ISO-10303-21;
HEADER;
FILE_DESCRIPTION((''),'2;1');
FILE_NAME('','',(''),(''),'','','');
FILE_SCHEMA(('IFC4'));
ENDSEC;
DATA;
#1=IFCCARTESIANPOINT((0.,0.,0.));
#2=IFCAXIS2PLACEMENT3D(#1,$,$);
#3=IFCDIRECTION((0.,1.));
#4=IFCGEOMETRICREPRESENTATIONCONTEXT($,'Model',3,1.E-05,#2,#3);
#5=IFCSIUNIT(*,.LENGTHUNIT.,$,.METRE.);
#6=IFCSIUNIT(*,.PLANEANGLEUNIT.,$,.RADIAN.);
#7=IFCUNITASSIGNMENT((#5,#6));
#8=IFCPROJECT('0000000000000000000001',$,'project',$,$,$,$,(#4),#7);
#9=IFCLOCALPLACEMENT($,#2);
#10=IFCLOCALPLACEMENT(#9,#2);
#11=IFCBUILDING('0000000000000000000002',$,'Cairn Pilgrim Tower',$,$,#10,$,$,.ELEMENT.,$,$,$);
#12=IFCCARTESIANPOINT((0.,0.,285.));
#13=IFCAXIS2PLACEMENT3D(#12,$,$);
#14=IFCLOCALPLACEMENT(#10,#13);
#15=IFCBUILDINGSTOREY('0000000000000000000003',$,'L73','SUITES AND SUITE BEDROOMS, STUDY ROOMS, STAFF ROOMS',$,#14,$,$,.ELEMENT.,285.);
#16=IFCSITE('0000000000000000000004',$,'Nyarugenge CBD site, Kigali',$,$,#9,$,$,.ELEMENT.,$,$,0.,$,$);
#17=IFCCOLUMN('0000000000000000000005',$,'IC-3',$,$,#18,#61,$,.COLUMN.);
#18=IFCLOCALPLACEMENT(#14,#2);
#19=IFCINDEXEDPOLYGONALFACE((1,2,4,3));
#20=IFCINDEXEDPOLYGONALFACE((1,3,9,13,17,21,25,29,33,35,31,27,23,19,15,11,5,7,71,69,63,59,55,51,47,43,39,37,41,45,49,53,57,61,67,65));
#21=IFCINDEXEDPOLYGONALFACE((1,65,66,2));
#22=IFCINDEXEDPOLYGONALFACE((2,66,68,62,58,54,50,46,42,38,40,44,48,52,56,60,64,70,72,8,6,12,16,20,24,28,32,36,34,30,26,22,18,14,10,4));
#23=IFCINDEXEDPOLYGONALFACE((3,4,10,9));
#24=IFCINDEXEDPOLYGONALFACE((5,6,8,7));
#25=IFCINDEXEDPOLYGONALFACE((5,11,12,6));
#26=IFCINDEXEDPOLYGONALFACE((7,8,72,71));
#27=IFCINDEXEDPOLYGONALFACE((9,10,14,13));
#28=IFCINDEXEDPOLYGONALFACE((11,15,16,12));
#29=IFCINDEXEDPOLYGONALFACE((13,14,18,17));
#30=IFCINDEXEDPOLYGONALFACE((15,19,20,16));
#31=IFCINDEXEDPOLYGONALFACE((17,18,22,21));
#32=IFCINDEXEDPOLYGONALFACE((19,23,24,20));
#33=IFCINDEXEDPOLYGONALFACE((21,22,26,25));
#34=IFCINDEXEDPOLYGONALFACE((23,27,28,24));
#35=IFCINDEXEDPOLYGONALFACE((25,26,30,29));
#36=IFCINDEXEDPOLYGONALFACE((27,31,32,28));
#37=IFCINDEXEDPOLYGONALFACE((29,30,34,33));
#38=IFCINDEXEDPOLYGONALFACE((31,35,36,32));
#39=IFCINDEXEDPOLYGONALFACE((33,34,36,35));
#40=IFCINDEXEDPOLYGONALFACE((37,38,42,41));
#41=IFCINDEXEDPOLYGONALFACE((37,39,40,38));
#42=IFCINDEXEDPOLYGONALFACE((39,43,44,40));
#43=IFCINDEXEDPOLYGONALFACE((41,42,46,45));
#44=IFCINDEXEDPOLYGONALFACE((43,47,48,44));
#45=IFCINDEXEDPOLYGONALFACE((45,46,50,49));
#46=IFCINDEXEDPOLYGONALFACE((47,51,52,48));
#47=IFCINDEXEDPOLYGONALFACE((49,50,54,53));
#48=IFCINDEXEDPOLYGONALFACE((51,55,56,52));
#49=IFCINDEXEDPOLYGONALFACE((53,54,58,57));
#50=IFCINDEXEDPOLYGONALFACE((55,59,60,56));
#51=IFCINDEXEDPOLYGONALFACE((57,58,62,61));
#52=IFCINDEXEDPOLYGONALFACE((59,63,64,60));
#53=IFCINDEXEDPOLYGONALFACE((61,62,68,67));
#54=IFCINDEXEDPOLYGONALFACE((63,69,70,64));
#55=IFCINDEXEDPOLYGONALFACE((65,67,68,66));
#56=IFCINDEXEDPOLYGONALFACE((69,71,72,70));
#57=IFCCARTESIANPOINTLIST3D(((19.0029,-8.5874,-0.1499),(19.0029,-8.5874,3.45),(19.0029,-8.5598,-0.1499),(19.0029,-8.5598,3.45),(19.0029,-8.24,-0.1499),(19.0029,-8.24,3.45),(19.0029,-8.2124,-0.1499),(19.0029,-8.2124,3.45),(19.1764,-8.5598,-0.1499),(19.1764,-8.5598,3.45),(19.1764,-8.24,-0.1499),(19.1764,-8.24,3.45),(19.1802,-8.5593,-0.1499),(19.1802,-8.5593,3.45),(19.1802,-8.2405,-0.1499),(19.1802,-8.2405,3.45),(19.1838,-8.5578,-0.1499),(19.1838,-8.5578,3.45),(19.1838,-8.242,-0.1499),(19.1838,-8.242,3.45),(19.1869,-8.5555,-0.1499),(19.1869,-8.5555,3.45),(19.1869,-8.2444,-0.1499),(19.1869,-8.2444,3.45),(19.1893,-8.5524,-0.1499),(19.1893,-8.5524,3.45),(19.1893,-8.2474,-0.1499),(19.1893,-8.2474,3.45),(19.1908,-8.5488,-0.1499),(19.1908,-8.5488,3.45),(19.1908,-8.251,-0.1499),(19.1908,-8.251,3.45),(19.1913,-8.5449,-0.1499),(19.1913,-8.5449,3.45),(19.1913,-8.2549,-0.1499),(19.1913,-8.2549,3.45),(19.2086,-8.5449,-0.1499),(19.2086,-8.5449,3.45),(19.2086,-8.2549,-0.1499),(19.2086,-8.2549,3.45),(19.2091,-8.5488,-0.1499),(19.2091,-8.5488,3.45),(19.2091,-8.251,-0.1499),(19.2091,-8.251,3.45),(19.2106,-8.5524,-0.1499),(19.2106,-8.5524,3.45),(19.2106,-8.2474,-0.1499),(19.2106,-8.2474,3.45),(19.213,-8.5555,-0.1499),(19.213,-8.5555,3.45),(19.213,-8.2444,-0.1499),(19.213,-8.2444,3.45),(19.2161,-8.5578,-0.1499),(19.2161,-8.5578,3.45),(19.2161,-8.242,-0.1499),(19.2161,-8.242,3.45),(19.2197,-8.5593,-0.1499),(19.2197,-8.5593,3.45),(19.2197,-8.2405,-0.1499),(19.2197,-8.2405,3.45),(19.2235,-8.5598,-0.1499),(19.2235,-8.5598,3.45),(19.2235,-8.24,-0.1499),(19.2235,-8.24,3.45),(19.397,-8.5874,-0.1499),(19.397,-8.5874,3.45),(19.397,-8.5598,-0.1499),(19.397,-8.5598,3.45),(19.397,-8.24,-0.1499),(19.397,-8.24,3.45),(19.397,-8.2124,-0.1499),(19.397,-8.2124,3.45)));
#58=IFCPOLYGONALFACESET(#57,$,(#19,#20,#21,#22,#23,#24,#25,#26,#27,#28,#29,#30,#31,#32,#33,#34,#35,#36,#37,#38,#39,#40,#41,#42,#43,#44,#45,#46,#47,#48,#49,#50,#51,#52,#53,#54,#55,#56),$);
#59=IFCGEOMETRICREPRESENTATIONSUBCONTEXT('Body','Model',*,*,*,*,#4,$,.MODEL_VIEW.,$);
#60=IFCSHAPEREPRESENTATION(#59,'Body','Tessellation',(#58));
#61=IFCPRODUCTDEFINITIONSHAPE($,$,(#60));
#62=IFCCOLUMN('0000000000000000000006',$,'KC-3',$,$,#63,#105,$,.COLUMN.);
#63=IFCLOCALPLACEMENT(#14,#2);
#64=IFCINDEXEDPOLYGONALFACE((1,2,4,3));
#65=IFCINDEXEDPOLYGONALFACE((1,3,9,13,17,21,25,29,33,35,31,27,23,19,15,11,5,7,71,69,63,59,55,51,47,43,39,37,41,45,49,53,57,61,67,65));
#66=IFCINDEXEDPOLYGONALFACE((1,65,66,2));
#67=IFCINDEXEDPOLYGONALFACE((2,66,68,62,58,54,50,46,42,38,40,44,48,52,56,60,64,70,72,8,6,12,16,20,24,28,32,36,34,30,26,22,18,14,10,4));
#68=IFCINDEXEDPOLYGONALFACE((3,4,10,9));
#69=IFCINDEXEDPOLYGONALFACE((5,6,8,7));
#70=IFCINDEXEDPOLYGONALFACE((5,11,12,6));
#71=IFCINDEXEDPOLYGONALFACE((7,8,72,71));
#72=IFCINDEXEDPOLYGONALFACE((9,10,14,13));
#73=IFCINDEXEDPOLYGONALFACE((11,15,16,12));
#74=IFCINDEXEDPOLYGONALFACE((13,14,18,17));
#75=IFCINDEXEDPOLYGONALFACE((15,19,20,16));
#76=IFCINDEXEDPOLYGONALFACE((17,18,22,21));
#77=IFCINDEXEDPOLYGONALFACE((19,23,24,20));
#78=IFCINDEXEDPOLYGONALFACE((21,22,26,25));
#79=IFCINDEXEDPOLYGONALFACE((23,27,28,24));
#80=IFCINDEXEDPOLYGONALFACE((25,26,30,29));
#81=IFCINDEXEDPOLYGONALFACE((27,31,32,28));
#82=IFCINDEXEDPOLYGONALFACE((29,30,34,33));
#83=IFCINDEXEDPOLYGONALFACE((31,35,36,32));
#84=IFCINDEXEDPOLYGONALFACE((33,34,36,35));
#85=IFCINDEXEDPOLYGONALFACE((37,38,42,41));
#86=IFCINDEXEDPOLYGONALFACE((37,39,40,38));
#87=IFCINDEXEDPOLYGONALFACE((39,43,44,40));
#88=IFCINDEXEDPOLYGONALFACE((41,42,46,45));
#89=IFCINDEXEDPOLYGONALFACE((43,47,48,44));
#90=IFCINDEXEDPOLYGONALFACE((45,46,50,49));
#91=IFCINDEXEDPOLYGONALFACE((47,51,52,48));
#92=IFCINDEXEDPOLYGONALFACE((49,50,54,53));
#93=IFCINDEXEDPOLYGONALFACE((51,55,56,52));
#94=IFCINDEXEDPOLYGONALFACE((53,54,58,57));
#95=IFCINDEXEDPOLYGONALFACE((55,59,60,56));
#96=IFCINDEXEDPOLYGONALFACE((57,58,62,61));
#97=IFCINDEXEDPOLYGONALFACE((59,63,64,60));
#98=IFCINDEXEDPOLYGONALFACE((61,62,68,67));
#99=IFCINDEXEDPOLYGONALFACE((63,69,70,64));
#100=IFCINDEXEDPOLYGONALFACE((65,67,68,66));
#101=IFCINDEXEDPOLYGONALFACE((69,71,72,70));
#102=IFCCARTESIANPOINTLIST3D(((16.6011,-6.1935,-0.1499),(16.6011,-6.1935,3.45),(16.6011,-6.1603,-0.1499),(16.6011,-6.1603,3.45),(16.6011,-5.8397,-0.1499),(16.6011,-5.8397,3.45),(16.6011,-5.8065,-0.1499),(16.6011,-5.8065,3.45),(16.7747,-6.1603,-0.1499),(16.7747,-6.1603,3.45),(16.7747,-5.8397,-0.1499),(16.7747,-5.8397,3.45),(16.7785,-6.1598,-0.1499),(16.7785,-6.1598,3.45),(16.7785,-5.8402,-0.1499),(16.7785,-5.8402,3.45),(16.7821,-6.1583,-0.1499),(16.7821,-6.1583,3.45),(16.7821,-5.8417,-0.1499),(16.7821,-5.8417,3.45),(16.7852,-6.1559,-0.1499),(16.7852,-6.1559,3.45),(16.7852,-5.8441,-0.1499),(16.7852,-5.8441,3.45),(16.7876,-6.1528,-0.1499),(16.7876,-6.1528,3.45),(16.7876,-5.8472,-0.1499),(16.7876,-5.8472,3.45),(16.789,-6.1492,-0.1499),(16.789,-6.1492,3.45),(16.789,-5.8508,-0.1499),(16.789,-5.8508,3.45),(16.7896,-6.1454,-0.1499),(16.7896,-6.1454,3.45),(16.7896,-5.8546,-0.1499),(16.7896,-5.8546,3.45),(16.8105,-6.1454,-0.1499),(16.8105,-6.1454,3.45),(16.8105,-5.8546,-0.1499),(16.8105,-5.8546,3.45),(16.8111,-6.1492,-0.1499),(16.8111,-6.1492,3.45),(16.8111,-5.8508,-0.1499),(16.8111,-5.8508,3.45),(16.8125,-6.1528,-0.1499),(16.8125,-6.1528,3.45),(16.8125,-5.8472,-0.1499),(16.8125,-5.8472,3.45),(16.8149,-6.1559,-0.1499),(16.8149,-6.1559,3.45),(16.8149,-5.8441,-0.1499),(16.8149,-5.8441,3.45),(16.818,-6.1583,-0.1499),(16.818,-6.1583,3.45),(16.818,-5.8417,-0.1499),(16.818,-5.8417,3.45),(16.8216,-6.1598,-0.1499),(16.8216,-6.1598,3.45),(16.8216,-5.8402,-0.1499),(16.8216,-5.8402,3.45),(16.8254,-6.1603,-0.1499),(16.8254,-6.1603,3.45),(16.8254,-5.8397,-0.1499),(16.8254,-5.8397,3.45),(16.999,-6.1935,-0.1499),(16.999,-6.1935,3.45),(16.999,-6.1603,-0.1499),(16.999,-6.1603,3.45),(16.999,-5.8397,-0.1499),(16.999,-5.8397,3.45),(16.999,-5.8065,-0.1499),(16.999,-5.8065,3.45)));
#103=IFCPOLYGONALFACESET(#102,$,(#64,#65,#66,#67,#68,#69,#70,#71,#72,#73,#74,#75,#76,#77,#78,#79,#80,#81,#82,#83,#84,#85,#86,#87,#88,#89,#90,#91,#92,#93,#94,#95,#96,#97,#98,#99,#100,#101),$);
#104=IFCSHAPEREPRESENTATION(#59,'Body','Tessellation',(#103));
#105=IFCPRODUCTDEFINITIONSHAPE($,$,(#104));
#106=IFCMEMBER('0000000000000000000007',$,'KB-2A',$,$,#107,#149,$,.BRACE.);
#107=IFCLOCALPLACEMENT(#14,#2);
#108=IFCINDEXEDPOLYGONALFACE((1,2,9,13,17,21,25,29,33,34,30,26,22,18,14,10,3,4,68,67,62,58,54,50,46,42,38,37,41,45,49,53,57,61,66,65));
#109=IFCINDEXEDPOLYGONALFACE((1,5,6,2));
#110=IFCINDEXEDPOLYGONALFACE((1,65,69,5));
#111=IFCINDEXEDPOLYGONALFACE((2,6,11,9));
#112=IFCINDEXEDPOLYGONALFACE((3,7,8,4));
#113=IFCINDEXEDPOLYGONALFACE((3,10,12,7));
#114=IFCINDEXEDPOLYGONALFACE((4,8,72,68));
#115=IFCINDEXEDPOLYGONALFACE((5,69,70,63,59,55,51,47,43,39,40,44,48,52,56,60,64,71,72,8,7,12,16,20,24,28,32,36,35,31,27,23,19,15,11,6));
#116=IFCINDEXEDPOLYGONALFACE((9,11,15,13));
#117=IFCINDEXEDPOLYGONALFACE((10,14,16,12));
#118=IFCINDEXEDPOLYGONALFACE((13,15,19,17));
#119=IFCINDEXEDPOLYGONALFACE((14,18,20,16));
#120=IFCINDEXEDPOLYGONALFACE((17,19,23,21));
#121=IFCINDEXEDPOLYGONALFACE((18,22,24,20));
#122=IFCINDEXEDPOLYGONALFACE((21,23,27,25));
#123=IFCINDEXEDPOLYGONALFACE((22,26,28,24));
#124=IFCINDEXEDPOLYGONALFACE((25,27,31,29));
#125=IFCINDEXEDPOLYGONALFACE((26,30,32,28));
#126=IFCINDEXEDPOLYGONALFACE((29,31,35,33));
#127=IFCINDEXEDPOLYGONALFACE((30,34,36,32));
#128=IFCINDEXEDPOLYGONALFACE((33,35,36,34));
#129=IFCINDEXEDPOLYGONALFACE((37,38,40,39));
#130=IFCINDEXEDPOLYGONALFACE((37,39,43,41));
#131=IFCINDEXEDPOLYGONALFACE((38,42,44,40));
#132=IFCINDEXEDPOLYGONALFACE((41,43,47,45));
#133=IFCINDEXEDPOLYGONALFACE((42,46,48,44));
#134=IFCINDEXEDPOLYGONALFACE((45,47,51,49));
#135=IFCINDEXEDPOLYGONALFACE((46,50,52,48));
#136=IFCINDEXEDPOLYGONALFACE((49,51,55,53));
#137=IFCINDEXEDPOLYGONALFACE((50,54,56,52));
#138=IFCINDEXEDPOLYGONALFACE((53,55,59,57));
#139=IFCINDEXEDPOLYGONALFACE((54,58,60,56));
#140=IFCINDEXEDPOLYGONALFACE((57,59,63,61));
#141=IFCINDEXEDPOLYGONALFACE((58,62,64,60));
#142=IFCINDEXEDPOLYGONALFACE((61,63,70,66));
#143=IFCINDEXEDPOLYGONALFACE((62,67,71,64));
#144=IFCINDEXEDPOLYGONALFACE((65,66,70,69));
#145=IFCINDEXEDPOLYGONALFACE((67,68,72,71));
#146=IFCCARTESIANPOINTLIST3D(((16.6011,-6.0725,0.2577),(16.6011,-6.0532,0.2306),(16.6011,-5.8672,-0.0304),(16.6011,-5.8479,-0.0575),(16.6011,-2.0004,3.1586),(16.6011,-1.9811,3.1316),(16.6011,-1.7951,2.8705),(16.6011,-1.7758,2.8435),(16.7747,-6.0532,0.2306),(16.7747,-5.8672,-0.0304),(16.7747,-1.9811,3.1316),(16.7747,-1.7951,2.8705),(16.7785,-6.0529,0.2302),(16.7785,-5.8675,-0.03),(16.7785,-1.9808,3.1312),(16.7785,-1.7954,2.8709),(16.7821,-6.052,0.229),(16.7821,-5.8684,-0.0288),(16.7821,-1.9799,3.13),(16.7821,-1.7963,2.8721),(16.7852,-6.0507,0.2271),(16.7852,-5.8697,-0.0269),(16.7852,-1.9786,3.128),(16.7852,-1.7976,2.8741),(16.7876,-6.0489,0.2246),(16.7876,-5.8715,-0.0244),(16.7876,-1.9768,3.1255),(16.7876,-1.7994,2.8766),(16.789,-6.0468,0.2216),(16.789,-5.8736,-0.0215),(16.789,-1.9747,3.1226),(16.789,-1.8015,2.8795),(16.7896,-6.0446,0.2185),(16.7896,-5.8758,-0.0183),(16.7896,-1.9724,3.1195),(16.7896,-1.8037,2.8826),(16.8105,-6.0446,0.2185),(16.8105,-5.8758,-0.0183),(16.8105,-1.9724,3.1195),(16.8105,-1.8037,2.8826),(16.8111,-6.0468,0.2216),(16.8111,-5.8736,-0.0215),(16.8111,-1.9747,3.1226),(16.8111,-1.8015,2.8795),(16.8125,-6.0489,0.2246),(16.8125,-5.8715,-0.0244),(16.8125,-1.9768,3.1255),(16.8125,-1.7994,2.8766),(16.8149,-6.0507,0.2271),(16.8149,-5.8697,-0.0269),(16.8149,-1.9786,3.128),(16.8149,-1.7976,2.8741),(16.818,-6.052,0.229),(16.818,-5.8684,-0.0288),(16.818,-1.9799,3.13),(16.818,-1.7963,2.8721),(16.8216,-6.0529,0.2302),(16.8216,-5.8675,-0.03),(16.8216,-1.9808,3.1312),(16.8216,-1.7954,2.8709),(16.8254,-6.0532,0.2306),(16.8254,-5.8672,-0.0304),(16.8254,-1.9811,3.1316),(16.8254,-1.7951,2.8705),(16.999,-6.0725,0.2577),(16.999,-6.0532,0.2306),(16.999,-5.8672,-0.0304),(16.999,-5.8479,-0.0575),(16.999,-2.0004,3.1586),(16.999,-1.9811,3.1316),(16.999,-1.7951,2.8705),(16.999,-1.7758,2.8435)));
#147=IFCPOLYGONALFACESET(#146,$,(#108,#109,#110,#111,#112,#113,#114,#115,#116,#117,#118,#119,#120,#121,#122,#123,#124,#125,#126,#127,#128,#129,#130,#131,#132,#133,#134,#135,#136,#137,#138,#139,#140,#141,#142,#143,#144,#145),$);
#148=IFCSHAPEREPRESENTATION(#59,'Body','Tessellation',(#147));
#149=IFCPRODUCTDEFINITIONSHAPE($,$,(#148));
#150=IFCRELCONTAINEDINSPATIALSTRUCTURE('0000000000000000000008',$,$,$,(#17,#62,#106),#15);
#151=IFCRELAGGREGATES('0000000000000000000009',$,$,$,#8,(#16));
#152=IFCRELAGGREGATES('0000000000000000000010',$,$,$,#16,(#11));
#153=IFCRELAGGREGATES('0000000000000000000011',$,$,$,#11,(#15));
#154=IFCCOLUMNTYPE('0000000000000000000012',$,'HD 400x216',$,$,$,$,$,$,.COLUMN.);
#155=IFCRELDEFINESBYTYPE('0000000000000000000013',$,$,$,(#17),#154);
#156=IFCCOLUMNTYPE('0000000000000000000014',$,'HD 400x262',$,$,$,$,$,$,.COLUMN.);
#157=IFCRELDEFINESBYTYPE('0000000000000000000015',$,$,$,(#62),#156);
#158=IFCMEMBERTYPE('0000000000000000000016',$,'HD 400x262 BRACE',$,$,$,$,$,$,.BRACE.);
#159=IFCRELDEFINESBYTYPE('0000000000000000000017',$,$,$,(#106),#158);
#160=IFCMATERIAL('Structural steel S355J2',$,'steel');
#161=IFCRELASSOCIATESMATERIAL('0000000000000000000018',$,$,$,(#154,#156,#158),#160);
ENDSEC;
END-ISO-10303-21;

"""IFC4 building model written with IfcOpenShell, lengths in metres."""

from ifc_helpers import new_model, si_unit, direction, frame, origin, origin_2d, place, context, subcontext, project, spatial, i_section, extrude, material, material_profile, profile_set, type_object, element, save


model = new_model("IFC4")

# Units and contexts
model_context = context("Model", 3, precision=1e-05, world=origin(), true_north=direction((0.0, 1.0)))
body_context = subcontext(model_context, "Body", "Model", "MODEL_VIEW")
ifc_project = project(units=[si_unit("LENGTHUNIT", "METRE"), si_unit("PLANEANGLEUNIT", "RADIAN")], contexts=[model_context])

# Site, building, storey
site_placement = place(None, origin())
site = spatial("IfcSite", under=ifc_project, at=site_placement, Name="Nyarugenge CBD site, Kigali", CompositionType="ELEMENT", RefElevation=0.0)
building_placement = place(site_placement, origin())
building = spatial("IfcBuilding", under=site, at=building_placement, Name="Cairn Pilgrim Tower", CompositionType="ELEMENT")
storey_placement = place(building_placement, frame((0.0, 0.0, 285.0)))
storey = spatial("IfcBuildingStorey", under=building, at=storey_placement, Name="L73", Description="SUITES AND SUITE BEDROOMS, STUDY ROOMS, STAFF ROOMS", CompositionType="ELEMENT", Elevation=285.0)

# Columns
ifc_material_1 = material(Name="Structural steel S355J2", Category="steel")
ifc_material_profile_1 = material_profile(ifc_material_1, i_section(OverallWidth=0.394, OverallDepth=0.375, WebThickness=0.0173, FlangeThickness=0.0276, FilletRadius=0.0149, at=origin_2d()), Name="HD 400x216")
ifc_profile_set_1 = profile_set([ifc_material_profile_1], Name="Structural steel S355J2")
column_type_1 = type_object("IfcColumnType", Name="HD 400x216", PredefinedType="COLUMN", material=ifc_profile_set_1)
column_1_placement = place(storey_placement, frame((19.2, -8.3999, -0.1499), z_axis=(0.0, 0.0, 1.0), x_axis=(1.0, 0.0, 0.0)))
element("IfcColumn", 1, at=column_1_placement, inside=storey, type_object=column_type_1, Name="IC-3", PredefinedType="COLUMN", context=body_context, shape_type="SweptSolid", body=[
    extrude(i_section(OverallWidth=0.394, OverallDepth=0.375, WebThickness=0.0173, FlangeThickness=0.0276, FilletRadius=0.0149, at=origin_2d()), origin(), (0.0, 0.0, 1.0), 3.5999),
])
ifc_material_profile_2 = material_profile(ifc_material_1, i_section(OverallWidth=0.3979, OverallDepth=0.387, WebThickness=0.021, FlangeThickness=0.0332, FilletRadius=0.0149, at=origin_2d()), Name="HD 400x262")
ifc_profile_set_2 = profile_set([ifc_material_profile_2], Name="Structural steel S355J2")
column_type_2 = type_object("IfcColumnType", Name="HD 400x262", PredefinedType="COLUMN", material=ifc_profile_set_2)
column_2_placement = place(storey_placement, frame((16.8, -6.0, -0.1499), z_axis=(0.0, 0.0, 1.0), x_axis=(1.0, 0.0, 0.0)))
element("IfcColumn", 2, at=column_2_placement, inside=storey, type_object=column_type_2, Name="KC-3", PredefinedType="COLUMN", context=body_context, shape_type="SweptSolid", body=[
    extrude(i_section(OverallWidth=0.3979, OverallDepth=0.387, WebThickness=0.021, FlangeThickness=0.0332, FilletRadius=0.0149, at=origin_2d()), origin(), (0.0, 0.0, 1.0), 3.5999),
])

# Member
ifc_material_profile_3 = material_profile(ifc_material_1, i_section(OverallWidth=0.3979, OverallDepth=0.387, WebThickness=0.021, FlangeThickness=0.0332, FilletRadius=0.0149, at=origin_2d()), Name="HD 400x262")
ifc_profile_set_3 = profile_set([ifc_material_profile_3], Name="Structural steel S355J2")
member_type = type_object("IfcMemberType", Name="HD 400x262 BRACE", PredefinedType="BRACE", material=ifc_profile_set_3)
member_placement = place(storey_placement, frame((16.8, -5.9602, 0.1001), z_axis=(0.0, 0.814462, 0.580217), x_axis=(-1.0, 0.0, 0.0)))
element("IfcMember", 3, at=member_placement, inside=storey, type_object=member_type, Name="KB-2A", PredefinedType="BRACE", context=body_context, shape_type="SweptSolid", body=[
    extrude(i_section(OverallWidth=0.3979, OverallDepth=0.387, WebThickness=0.021, FlangeThickness=0.0332, FilletRadius=0.0149, at=origin_2d()), origin(), (0.0, 0.0, 1.0), 4.9998),
])

save(model, "model.ifc")
